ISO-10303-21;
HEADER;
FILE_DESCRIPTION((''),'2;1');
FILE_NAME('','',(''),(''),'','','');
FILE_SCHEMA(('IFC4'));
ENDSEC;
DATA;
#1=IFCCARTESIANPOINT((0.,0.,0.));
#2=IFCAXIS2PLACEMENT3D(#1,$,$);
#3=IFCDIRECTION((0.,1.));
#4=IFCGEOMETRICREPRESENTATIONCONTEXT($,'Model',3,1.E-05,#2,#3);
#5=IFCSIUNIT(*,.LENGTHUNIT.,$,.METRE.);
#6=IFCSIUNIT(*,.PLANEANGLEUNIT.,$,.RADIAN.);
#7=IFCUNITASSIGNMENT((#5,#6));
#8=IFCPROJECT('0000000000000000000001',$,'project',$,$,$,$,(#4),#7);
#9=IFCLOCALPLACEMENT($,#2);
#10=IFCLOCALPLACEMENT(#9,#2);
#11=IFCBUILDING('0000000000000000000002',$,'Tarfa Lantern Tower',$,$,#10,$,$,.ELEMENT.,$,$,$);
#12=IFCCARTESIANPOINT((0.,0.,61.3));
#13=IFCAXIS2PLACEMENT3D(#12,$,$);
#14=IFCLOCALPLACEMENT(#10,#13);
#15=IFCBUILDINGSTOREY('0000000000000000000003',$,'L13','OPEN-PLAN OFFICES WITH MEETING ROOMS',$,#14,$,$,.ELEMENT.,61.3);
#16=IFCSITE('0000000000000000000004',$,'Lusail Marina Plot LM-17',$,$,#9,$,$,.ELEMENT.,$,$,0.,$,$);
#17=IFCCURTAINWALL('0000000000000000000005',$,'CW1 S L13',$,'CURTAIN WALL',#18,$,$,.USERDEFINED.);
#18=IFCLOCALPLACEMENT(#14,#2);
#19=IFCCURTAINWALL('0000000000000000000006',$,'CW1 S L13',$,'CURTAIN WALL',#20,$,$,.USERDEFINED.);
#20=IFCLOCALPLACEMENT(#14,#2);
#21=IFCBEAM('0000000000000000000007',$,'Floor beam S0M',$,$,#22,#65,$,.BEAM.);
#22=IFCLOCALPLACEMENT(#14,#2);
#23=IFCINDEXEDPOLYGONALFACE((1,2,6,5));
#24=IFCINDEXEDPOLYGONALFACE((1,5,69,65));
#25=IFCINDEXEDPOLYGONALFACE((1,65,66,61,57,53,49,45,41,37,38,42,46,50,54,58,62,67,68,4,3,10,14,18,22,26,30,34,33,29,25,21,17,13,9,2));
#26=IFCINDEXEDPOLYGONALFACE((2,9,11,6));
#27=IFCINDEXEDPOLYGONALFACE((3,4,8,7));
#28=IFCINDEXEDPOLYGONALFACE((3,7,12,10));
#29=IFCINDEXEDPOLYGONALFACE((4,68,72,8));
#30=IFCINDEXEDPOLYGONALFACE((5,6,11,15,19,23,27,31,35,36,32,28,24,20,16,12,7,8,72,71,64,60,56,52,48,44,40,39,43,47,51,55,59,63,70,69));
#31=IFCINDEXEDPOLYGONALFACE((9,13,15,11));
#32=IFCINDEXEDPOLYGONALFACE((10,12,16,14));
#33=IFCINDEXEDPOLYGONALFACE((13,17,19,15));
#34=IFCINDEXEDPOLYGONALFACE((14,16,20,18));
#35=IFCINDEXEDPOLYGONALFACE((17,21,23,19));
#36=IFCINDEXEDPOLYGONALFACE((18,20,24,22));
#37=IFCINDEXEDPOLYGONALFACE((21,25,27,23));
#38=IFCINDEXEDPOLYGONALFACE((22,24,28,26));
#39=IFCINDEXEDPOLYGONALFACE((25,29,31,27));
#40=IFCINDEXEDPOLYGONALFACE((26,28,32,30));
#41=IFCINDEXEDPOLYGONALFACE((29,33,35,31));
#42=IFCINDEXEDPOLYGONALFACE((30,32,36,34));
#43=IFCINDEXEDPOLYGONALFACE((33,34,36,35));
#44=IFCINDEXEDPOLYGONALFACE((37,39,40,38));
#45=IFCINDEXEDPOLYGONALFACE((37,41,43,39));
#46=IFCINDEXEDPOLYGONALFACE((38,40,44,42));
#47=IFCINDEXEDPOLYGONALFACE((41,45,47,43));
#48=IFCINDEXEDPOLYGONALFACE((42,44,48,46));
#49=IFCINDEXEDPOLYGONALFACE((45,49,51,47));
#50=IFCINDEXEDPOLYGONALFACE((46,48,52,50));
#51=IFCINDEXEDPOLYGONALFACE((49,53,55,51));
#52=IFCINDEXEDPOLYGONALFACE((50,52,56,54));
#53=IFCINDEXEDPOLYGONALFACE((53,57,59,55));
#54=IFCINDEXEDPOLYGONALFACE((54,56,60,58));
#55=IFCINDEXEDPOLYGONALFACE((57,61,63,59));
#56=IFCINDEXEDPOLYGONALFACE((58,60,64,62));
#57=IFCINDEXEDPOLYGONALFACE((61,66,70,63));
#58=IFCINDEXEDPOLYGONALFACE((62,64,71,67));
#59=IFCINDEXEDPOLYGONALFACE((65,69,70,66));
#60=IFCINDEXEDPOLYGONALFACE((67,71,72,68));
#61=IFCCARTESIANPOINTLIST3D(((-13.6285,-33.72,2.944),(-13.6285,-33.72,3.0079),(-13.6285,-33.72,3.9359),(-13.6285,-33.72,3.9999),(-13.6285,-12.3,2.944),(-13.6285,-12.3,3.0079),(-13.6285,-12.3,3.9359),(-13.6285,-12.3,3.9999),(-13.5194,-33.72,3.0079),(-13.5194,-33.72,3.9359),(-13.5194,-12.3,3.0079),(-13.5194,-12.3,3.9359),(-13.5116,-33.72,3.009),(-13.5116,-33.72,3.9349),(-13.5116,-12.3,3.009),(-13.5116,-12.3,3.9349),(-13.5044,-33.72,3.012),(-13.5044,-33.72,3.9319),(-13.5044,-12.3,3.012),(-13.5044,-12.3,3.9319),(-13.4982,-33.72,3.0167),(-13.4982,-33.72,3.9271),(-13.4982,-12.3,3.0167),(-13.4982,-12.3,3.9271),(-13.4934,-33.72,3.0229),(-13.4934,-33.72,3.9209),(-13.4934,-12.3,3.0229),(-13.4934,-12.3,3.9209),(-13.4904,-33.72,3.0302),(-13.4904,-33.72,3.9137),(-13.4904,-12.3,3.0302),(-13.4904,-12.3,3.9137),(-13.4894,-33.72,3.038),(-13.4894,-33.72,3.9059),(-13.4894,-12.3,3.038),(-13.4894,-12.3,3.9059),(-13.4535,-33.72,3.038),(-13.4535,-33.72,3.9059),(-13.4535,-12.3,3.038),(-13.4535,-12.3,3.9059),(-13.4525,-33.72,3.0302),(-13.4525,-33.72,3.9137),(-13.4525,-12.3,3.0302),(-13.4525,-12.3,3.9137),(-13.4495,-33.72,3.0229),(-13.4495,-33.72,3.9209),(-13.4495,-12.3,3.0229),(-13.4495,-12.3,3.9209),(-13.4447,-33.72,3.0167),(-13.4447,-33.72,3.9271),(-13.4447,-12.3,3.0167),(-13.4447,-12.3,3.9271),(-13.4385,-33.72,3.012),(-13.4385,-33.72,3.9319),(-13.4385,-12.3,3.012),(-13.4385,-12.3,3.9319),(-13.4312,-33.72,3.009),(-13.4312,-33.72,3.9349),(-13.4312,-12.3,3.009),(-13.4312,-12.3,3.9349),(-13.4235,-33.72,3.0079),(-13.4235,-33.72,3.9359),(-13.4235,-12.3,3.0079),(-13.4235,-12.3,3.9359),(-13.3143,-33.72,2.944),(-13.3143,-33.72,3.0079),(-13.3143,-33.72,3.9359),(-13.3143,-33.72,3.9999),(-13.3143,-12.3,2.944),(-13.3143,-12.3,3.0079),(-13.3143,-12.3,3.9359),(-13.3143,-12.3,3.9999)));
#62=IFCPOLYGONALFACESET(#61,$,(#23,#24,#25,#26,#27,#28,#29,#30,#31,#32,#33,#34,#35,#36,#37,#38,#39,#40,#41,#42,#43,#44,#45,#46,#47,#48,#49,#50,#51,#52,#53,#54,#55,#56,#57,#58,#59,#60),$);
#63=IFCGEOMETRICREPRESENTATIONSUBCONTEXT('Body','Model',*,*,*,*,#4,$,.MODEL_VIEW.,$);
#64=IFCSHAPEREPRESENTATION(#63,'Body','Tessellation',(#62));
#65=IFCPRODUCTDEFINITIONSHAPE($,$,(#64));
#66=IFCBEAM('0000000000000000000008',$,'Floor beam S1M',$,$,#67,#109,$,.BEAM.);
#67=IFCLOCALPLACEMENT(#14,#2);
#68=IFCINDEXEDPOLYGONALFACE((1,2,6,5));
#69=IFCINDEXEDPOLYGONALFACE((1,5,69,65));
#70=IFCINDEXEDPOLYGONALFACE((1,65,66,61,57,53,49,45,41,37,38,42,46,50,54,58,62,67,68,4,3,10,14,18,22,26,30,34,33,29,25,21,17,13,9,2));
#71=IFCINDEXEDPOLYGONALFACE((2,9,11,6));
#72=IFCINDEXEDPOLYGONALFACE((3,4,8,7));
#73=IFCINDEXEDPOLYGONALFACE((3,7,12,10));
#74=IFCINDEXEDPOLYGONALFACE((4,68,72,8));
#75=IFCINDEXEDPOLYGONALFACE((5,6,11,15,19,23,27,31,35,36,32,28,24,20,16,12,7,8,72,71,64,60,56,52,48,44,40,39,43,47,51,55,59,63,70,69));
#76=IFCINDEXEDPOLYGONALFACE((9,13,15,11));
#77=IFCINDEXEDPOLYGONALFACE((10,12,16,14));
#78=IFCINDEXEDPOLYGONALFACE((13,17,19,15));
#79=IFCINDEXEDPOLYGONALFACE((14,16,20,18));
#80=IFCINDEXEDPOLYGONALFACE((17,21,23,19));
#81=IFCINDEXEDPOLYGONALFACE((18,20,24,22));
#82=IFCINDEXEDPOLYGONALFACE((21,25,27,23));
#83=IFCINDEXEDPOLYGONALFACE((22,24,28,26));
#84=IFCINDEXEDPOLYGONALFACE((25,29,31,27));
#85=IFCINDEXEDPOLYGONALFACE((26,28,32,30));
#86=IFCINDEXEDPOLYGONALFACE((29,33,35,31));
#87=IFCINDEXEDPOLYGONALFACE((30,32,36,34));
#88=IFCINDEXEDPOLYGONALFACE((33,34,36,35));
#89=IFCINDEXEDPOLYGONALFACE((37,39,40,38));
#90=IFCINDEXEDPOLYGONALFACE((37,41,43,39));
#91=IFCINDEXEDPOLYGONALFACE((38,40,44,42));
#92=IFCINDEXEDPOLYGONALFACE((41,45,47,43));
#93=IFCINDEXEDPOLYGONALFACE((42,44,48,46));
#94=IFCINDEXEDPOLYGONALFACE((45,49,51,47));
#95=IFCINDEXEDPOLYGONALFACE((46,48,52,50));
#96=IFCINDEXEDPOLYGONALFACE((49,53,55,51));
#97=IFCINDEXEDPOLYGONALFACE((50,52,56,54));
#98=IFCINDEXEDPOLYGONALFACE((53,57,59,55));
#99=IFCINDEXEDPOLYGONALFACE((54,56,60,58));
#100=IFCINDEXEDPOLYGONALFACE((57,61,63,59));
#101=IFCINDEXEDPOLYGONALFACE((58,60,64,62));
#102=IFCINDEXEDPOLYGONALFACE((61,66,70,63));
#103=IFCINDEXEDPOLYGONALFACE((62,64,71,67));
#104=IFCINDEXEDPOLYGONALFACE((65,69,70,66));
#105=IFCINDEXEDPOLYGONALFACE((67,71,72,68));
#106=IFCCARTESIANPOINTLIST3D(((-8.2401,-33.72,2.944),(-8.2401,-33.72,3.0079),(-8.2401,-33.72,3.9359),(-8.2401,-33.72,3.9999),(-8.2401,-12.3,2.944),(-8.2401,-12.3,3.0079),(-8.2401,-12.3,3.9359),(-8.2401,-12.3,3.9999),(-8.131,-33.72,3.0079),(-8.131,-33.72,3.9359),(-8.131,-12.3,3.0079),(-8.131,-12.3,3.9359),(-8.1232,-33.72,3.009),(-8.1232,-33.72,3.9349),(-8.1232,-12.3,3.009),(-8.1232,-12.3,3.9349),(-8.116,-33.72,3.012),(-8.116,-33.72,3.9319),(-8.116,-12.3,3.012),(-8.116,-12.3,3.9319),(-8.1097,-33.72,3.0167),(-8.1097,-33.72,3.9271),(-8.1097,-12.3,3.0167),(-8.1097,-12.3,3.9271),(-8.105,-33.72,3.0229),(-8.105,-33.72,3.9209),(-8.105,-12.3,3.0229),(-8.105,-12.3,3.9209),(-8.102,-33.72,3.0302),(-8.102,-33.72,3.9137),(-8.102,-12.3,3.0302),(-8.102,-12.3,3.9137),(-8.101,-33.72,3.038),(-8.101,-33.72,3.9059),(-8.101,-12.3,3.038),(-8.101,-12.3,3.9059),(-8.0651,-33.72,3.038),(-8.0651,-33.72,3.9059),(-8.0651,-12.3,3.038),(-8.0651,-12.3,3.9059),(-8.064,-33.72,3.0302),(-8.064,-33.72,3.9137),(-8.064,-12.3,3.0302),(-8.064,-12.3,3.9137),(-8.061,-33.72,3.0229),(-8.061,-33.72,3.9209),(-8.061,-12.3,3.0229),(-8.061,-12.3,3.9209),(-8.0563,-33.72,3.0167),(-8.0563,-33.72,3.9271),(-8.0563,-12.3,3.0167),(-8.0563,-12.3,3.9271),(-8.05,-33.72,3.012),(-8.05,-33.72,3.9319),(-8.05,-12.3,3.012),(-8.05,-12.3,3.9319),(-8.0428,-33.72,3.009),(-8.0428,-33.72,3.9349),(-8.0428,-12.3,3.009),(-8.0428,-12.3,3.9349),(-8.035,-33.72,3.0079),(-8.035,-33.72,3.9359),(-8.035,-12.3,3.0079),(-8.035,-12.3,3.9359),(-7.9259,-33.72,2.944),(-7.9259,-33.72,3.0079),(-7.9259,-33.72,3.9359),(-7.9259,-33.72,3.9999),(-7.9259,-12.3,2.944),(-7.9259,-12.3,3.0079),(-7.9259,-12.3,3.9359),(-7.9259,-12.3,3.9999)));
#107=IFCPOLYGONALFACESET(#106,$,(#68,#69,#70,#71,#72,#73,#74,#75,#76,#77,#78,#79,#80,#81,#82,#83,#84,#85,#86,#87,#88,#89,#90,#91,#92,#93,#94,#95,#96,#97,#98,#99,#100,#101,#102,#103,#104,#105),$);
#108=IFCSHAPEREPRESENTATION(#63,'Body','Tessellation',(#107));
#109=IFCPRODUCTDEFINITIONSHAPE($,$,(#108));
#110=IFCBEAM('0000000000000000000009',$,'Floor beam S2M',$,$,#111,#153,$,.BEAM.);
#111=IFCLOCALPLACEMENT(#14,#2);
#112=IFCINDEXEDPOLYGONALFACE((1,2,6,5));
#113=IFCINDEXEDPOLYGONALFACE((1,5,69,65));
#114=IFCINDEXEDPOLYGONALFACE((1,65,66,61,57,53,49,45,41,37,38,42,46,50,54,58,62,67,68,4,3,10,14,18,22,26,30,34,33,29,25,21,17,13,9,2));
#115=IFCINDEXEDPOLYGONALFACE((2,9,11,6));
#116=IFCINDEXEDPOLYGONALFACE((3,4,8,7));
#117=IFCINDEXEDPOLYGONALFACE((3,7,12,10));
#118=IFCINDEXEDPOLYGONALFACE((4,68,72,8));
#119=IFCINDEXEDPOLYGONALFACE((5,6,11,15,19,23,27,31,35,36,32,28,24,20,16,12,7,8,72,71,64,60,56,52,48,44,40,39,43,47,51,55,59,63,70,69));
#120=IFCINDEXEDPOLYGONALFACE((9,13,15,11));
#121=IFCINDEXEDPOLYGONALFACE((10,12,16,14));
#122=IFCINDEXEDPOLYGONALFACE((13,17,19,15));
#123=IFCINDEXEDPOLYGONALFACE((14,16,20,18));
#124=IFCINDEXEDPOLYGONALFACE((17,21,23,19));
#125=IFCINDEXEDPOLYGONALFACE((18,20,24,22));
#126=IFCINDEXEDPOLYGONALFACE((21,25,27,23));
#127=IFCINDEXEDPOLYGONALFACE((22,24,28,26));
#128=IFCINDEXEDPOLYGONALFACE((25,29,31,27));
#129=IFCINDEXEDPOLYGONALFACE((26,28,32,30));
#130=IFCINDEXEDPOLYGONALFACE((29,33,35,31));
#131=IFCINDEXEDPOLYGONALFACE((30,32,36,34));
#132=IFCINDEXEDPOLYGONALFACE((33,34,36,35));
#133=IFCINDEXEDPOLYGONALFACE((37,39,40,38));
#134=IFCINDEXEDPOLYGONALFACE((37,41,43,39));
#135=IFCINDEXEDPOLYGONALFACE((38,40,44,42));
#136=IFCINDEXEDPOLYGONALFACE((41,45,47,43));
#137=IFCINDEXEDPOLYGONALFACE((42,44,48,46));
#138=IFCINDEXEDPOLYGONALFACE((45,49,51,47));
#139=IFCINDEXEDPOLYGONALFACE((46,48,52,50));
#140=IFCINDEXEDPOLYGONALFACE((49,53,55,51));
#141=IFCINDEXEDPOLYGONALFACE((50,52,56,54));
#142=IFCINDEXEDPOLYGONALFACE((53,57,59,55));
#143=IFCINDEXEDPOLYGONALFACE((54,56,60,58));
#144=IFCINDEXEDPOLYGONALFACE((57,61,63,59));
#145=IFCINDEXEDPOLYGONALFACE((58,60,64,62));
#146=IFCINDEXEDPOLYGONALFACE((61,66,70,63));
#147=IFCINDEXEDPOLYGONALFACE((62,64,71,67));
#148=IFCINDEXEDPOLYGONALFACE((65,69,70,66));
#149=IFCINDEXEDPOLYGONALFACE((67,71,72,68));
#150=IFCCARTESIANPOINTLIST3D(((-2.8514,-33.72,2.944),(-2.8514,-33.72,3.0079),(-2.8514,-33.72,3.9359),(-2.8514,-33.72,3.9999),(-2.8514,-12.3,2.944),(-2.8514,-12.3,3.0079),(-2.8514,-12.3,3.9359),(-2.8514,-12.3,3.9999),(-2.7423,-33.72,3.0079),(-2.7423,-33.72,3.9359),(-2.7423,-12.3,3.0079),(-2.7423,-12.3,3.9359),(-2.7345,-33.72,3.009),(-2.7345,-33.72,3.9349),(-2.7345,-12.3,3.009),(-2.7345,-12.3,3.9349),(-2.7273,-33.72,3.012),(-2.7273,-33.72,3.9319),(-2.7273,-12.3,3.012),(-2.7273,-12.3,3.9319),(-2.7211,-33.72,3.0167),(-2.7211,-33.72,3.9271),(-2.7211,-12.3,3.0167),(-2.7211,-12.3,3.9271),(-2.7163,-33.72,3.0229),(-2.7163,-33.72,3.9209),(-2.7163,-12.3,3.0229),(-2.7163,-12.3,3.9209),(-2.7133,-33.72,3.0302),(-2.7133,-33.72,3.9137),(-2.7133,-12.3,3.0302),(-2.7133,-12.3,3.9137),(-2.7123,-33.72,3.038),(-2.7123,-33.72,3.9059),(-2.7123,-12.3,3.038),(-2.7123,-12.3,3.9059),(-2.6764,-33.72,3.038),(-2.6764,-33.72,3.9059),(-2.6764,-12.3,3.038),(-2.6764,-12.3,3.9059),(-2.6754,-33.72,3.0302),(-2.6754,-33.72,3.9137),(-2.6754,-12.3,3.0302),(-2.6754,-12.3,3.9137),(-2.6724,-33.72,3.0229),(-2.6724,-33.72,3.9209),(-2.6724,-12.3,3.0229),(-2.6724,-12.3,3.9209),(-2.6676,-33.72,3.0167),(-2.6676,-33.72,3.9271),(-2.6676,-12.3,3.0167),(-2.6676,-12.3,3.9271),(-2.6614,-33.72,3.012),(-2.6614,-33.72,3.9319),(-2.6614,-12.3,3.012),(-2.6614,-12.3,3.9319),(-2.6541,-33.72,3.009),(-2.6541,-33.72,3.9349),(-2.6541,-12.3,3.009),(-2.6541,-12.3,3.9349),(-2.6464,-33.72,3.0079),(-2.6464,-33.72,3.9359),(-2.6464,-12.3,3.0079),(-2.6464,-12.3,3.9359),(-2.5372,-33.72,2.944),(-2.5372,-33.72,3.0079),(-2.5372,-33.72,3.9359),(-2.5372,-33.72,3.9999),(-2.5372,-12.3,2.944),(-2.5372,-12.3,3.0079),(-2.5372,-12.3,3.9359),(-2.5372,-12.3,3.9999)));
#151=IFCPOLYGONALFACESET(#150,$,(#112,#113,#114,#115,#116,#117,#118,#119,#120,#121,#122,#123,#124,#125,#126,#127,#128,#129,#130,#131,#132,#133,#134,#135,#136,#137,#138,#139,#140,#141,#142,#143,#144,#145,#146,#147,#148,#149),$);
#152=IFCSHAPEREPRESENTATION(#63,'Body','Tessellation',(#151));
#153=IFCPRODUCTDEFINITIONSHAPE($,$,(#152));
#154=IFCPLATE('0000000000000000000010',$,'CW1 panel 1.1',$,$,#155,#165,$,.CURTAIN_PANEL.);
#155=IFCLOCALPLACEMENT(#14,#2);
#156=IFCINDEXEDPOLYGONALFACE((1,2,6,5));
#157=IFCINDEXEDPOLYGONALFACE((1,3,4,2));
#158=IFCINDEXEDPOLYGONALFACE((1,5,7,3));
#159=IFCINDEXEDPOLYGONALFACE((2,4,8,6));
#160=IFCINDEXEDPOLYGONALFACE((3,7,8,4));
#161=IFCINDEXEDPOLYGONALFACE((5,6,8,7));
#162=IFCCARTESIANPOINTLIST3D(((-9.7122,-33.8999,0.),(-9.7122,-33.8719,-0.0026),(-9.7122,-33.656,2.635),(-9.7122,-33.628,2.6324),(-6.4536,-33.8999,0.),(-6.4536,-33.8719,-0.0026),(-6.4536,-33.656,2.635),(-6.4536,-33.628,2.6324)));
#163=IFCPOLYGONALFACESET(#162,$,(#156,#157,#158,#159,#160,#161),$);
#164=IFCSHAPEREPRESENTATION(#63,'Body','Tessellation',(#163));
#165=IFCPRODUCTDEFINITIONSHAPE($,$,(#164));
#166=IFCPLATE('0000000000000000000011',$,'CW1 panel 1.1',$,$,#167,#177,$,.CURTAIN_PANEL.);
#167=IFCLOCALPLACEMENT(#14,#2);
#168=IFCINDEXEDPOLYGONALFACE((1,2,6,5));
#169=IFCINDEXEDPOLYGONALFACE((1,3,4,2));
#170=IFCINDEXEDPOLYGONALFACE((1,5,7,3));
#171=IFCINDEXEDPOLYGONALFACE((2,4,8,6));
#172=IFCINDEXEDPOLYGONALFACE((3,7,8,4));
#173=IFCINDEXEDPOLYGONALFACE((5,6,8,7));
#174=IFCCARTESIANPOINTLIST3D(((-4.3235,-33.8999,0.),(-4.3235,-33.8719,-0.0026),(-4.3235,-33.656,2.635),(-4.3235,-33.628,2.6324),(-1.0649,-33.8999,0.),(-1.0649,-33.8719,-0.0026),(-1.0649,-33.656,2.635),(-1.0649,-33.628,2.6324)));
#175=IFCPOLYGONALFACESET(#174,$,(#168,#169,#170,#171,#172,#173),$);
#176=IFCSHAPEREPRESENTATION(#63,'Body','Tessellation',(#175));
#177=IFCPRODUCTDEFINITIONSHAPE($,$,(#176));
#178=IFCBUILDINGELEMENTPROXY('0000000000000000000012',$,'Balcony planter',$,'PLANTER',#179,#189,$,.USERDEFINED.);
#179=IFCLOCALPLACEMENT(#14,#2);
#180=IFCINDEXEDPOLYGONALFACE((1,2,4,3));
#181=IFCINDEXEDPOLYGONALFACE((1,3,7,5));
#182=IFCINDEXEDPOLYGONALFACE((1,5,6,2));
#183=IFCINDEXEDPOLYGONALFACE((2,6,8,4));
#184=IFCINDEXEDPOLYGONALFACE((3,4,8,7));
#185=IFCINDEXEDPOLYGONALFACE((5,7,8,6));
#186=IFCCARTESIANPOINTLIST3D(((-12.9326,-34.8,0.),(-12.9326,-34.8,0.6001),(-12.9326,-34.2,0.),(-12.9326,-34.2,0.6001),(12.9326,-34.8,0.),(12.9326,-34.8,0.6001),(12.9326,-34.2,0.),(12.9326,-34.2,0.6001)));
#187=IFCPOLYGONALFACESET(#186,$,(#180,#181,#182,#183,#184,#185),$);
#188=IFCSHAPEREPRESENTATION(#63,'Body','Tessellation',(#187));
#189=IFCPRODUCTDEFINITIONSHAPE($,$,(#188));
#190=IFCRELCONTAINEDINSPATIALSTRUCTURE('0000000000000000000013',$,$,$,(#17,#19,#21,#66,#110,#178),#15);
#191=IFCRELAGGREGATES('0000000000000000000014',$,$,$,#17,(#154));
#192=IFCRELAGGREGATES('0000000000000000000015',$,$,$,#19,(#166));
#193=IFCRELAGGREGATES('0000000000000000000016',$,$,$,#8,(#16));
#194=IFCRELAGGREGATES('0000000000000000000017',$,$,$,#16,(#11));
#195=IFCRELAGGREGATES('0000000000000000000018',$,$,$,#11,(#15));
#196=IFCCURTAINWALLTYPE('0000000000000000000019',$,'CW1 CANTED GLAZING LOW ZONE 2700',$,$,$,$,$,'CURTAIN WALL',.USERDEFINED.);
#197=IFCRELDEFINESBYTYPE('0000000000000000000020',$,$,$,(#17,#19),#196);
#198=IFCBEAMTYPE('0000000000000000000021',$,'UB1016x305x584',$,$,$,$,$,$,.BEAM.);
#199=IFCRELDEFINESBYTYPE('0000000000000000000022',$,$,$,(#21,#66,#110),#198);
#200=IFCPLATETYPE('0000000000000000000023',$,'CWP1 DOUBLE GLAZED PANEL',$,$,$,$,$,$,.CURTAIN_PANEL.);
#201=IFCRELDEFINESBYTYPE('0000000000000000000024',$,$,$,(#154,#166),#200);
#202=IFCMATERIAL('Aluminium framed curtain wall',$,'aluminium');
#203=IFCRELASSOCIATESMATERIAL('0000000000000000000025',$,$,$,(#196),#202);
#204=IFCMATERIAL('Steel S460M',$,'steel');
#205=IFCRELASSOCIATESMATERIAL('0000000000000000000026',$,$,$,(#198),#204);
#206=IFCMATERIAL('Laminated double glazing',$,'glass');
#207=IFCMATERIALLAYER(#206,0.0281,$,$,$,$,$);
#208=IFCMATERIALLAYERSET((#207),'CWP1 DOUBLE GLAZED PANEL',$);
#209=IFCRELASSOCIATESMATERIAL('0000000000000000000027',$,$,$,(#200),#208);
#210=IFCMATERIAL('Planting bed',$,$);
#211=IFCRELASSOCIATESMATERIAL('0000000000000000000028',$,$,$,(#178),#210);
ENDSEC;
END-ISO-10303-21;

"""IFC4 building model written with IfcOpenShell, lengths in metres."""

from ifc_helpers import new_model, si_unit, direction, frame, origin, origin_2d, place, context, subcontext, project, spatial, polyline, rectangle, i_section, outline, extrude, material, layer, layer_set, material_profile, profile_set, type_object, element, aggregate, save


model = new_model("IFC4")

# Units and contexts
model_context = context("Model", 3, precision=1e-05, world=origin(), true_north=direction((0.0, 1.0)))
body_context = subcontext(model_context, "Body", "Model", "MODEL_VIEW")
ifc_project = project(units=[si_unit("LENGTHUNIT", "METRE"), si_unit("PLANEANGLEUNIT", "RADIAN")], contexts=[model_context])

# Site, building, storey
site_placement = place(None, origin())
site = spatial("IfcSite", under=ifc_project, at=site_placement, Name="Lusail Marina Plot LM-17", CompositionType="ELEMENT", RefElevation=0.0)
building_placement = place(site_placement, origin())
building = spatial("IfcBuilding", under=site, at=building_placement, Name="Tarfa Lantern Tower", CompositionType="ELEMENT")
storey_placement = place(building_placement, frame((0.0, 0.0, 61.3)))
storey = spatial("IfcBuildingStorey", under=building, at=storey_placement, Name="L13", Description="OPEN-PLAN OFFICES WITH MEETING ROOMS", CompositionType="ELEMENT", Elevation=61.3)

# Shared definitions
ifc_material_1 = material(Name="Aluminium framed curtain wall", Category="aluminium")
curtain_wall_type = type_object("IfcCurtainWallType", Name="CW1 CANTED GLAZING LOW ZONE 2700", ElementType="CURTAIN WALL", PredefinedType="USERDEFINED", material=ifc_material_1)

# Curtain walls
curtain_wall_1_placement = place(storey_placement, origin())
curtain_wall_1 = element("IfcCurtainWall", 1, at=curtain_wall_1_placement, inside=storey, type_object=curtain_wall_type, Name="CW1 S L13", ObjectType="CURTAIN WALL", PredefinedType="USERDEFINED")
curtain_wall_2_placement = place(storey_placement, origin())
curtain_wall_2 = element("IfcCurtainWall", 2, at=curtain_wall_2_placement, inside=storey, type_object=curtain_wall_type, Name="CW1 S L13", ObjectType="CURTAIN WALL", PredefinedType="USERDEFINED")

# Beams
ifc_material_2 = material(Name="Steel S460M", Category="steel")
ifc_material_profile_1 = material_profile(ifc_material_2, i_section(OverallWidth=0.3142, OverallDepth=1.0559, WebThickness=0.0359, FlangeThickness=0.064, FilletRadius=0.03, at=origin_2d()), Name="UB1016x305x584")
ifc_profile_set_1 = profile_set([ifc_material_profile_1], Name="Steel S460M")
beam_type_1 = type_object("IfcBeamType", Name="UB1016x305x584", PredefinedType="BEAM", material=ifc_profile_set_1)
for number, where, z_axis, x_axis, name in (
    (3, (-13.4714, -33.72, 3.4719), (0.0, 1.0, 0.0), (-1.0, 0.0, 0.0), "Floor beam S0M"),
    (4, (-8.083, -33.72, 3.4719), (0.0, 1.0, 0.0), (-1.0, 0.0, 0.0), "Floor beam S1M"),
    (5, (-2.6943, -33.72, 3.4719), (0.0, 1.0, 0.0), (-1.0, 0.0, 0.0), "Floor beam S2M"),
):
    element("IfcBeam", number, at=place(storey_placement, frame(where, z_axis=z_axis, x_axis=x_axis)), inside=storey, type_object=beam_type_1, Name=name, PredefinedType="BEAM", context=body_context, shape_type="SweptSolid", body=[
        extrude(i_section(OverallWidth=0.3142, OverallDepth=1.0559, WebThickness=0.0359, FlangeThickness=0.064, FilletRadius=0.03, at=origin_2d()), origin(), (0.0, 0.0, 1.0), 21.4199),
    ])

# Plates
ifc_material_3 = material(Name="Laminated double glazing", Category="glass")
ifc_layer = layer(ifc_material_3, 0.0281)
ifc_layer_set = layer_set([ifc_layer], Name="CWP1 DOUBLE GLAZED PANEL")
plate_type = type_object("IfcPlateType", Name="CWP1 DOUBLE GLAZED PANEL", PredefinedType="CURTAIN_PANEL", material=ifc_layer_set)
plate_1_placement = place(storey_placement, frame((-9.7122, -33.8999, 0.0), z_axis=(0.0, -0.995744, 0.092166), x_axis=(1.0, 0.0, 0.0)))
plate_1 = element("IfcPlate", 6, at=plate_1_placement, type_object=plate_type, Name="CW1 panel 1.1", PredefinedType="CURTAIN_PANEL", context=body_context, shape_type="SweptSolid", body=[
    extrude(outline(polyline([(0.0, 0.0), (3.2585, 0.0), (3.2585, 2.6463), (0.0, 2.6463), (0.0, 0.0)])), origin(), (0.0, 0.0, -1.0), 0.0281),
])
aggregate(curtain_wall_1, [plate_1])
plate_2_placement = place(storey_placement, frame((-4.3235, -33.8999, 0.0), z_axis=(0.0, -0.995744, 0.092166), x_axis=(1.0, 0.0, 0.0)))
plate_2 = element("IfcPlate", 7, at=plate_2_placement, type_object=plate_type, Name="CW1 panel 1.1", PredefinedType="CURTAIN_PANEL", context=body_context, shape_type="SweptSolid", body=[
    extrude(outline(polyline([(0.0, 0.0), (3.2585, 0.0), (3.2585, 2.6463), (0.0, 2.6463), (0.0, 0.0)])), origin(), (0.0, 0.0, -1.0), 0.0281),
])
aggregate(curtain_wall_2, [plate_2])

# Building element proxy
ifc_material_4 = material(Name="Planting bed")
proxy_placement = place(storey_placement, frame((0.0, -34.5, 0.0), z_axis=(0.0, 0.0, 1.0), x_axis=(1.0, 0.0, 0.0)))
element("IfcBuildingElementProxy", 8, at=proxy_placement, inside=storey, material=ifc_material_4, Name="Balcony planter", ObjectType="PLANTER", PredefinedType="USERDEFINED", context=body_context, shape_type="SweptSolid", body=[
    extrude(rectangle(XDim=25.8652, YDim=0.6001, at=origin_2d()), origin(), (0.0, 0.0, 1.0), 0.6001),
])

save(model, "model.ifc")
